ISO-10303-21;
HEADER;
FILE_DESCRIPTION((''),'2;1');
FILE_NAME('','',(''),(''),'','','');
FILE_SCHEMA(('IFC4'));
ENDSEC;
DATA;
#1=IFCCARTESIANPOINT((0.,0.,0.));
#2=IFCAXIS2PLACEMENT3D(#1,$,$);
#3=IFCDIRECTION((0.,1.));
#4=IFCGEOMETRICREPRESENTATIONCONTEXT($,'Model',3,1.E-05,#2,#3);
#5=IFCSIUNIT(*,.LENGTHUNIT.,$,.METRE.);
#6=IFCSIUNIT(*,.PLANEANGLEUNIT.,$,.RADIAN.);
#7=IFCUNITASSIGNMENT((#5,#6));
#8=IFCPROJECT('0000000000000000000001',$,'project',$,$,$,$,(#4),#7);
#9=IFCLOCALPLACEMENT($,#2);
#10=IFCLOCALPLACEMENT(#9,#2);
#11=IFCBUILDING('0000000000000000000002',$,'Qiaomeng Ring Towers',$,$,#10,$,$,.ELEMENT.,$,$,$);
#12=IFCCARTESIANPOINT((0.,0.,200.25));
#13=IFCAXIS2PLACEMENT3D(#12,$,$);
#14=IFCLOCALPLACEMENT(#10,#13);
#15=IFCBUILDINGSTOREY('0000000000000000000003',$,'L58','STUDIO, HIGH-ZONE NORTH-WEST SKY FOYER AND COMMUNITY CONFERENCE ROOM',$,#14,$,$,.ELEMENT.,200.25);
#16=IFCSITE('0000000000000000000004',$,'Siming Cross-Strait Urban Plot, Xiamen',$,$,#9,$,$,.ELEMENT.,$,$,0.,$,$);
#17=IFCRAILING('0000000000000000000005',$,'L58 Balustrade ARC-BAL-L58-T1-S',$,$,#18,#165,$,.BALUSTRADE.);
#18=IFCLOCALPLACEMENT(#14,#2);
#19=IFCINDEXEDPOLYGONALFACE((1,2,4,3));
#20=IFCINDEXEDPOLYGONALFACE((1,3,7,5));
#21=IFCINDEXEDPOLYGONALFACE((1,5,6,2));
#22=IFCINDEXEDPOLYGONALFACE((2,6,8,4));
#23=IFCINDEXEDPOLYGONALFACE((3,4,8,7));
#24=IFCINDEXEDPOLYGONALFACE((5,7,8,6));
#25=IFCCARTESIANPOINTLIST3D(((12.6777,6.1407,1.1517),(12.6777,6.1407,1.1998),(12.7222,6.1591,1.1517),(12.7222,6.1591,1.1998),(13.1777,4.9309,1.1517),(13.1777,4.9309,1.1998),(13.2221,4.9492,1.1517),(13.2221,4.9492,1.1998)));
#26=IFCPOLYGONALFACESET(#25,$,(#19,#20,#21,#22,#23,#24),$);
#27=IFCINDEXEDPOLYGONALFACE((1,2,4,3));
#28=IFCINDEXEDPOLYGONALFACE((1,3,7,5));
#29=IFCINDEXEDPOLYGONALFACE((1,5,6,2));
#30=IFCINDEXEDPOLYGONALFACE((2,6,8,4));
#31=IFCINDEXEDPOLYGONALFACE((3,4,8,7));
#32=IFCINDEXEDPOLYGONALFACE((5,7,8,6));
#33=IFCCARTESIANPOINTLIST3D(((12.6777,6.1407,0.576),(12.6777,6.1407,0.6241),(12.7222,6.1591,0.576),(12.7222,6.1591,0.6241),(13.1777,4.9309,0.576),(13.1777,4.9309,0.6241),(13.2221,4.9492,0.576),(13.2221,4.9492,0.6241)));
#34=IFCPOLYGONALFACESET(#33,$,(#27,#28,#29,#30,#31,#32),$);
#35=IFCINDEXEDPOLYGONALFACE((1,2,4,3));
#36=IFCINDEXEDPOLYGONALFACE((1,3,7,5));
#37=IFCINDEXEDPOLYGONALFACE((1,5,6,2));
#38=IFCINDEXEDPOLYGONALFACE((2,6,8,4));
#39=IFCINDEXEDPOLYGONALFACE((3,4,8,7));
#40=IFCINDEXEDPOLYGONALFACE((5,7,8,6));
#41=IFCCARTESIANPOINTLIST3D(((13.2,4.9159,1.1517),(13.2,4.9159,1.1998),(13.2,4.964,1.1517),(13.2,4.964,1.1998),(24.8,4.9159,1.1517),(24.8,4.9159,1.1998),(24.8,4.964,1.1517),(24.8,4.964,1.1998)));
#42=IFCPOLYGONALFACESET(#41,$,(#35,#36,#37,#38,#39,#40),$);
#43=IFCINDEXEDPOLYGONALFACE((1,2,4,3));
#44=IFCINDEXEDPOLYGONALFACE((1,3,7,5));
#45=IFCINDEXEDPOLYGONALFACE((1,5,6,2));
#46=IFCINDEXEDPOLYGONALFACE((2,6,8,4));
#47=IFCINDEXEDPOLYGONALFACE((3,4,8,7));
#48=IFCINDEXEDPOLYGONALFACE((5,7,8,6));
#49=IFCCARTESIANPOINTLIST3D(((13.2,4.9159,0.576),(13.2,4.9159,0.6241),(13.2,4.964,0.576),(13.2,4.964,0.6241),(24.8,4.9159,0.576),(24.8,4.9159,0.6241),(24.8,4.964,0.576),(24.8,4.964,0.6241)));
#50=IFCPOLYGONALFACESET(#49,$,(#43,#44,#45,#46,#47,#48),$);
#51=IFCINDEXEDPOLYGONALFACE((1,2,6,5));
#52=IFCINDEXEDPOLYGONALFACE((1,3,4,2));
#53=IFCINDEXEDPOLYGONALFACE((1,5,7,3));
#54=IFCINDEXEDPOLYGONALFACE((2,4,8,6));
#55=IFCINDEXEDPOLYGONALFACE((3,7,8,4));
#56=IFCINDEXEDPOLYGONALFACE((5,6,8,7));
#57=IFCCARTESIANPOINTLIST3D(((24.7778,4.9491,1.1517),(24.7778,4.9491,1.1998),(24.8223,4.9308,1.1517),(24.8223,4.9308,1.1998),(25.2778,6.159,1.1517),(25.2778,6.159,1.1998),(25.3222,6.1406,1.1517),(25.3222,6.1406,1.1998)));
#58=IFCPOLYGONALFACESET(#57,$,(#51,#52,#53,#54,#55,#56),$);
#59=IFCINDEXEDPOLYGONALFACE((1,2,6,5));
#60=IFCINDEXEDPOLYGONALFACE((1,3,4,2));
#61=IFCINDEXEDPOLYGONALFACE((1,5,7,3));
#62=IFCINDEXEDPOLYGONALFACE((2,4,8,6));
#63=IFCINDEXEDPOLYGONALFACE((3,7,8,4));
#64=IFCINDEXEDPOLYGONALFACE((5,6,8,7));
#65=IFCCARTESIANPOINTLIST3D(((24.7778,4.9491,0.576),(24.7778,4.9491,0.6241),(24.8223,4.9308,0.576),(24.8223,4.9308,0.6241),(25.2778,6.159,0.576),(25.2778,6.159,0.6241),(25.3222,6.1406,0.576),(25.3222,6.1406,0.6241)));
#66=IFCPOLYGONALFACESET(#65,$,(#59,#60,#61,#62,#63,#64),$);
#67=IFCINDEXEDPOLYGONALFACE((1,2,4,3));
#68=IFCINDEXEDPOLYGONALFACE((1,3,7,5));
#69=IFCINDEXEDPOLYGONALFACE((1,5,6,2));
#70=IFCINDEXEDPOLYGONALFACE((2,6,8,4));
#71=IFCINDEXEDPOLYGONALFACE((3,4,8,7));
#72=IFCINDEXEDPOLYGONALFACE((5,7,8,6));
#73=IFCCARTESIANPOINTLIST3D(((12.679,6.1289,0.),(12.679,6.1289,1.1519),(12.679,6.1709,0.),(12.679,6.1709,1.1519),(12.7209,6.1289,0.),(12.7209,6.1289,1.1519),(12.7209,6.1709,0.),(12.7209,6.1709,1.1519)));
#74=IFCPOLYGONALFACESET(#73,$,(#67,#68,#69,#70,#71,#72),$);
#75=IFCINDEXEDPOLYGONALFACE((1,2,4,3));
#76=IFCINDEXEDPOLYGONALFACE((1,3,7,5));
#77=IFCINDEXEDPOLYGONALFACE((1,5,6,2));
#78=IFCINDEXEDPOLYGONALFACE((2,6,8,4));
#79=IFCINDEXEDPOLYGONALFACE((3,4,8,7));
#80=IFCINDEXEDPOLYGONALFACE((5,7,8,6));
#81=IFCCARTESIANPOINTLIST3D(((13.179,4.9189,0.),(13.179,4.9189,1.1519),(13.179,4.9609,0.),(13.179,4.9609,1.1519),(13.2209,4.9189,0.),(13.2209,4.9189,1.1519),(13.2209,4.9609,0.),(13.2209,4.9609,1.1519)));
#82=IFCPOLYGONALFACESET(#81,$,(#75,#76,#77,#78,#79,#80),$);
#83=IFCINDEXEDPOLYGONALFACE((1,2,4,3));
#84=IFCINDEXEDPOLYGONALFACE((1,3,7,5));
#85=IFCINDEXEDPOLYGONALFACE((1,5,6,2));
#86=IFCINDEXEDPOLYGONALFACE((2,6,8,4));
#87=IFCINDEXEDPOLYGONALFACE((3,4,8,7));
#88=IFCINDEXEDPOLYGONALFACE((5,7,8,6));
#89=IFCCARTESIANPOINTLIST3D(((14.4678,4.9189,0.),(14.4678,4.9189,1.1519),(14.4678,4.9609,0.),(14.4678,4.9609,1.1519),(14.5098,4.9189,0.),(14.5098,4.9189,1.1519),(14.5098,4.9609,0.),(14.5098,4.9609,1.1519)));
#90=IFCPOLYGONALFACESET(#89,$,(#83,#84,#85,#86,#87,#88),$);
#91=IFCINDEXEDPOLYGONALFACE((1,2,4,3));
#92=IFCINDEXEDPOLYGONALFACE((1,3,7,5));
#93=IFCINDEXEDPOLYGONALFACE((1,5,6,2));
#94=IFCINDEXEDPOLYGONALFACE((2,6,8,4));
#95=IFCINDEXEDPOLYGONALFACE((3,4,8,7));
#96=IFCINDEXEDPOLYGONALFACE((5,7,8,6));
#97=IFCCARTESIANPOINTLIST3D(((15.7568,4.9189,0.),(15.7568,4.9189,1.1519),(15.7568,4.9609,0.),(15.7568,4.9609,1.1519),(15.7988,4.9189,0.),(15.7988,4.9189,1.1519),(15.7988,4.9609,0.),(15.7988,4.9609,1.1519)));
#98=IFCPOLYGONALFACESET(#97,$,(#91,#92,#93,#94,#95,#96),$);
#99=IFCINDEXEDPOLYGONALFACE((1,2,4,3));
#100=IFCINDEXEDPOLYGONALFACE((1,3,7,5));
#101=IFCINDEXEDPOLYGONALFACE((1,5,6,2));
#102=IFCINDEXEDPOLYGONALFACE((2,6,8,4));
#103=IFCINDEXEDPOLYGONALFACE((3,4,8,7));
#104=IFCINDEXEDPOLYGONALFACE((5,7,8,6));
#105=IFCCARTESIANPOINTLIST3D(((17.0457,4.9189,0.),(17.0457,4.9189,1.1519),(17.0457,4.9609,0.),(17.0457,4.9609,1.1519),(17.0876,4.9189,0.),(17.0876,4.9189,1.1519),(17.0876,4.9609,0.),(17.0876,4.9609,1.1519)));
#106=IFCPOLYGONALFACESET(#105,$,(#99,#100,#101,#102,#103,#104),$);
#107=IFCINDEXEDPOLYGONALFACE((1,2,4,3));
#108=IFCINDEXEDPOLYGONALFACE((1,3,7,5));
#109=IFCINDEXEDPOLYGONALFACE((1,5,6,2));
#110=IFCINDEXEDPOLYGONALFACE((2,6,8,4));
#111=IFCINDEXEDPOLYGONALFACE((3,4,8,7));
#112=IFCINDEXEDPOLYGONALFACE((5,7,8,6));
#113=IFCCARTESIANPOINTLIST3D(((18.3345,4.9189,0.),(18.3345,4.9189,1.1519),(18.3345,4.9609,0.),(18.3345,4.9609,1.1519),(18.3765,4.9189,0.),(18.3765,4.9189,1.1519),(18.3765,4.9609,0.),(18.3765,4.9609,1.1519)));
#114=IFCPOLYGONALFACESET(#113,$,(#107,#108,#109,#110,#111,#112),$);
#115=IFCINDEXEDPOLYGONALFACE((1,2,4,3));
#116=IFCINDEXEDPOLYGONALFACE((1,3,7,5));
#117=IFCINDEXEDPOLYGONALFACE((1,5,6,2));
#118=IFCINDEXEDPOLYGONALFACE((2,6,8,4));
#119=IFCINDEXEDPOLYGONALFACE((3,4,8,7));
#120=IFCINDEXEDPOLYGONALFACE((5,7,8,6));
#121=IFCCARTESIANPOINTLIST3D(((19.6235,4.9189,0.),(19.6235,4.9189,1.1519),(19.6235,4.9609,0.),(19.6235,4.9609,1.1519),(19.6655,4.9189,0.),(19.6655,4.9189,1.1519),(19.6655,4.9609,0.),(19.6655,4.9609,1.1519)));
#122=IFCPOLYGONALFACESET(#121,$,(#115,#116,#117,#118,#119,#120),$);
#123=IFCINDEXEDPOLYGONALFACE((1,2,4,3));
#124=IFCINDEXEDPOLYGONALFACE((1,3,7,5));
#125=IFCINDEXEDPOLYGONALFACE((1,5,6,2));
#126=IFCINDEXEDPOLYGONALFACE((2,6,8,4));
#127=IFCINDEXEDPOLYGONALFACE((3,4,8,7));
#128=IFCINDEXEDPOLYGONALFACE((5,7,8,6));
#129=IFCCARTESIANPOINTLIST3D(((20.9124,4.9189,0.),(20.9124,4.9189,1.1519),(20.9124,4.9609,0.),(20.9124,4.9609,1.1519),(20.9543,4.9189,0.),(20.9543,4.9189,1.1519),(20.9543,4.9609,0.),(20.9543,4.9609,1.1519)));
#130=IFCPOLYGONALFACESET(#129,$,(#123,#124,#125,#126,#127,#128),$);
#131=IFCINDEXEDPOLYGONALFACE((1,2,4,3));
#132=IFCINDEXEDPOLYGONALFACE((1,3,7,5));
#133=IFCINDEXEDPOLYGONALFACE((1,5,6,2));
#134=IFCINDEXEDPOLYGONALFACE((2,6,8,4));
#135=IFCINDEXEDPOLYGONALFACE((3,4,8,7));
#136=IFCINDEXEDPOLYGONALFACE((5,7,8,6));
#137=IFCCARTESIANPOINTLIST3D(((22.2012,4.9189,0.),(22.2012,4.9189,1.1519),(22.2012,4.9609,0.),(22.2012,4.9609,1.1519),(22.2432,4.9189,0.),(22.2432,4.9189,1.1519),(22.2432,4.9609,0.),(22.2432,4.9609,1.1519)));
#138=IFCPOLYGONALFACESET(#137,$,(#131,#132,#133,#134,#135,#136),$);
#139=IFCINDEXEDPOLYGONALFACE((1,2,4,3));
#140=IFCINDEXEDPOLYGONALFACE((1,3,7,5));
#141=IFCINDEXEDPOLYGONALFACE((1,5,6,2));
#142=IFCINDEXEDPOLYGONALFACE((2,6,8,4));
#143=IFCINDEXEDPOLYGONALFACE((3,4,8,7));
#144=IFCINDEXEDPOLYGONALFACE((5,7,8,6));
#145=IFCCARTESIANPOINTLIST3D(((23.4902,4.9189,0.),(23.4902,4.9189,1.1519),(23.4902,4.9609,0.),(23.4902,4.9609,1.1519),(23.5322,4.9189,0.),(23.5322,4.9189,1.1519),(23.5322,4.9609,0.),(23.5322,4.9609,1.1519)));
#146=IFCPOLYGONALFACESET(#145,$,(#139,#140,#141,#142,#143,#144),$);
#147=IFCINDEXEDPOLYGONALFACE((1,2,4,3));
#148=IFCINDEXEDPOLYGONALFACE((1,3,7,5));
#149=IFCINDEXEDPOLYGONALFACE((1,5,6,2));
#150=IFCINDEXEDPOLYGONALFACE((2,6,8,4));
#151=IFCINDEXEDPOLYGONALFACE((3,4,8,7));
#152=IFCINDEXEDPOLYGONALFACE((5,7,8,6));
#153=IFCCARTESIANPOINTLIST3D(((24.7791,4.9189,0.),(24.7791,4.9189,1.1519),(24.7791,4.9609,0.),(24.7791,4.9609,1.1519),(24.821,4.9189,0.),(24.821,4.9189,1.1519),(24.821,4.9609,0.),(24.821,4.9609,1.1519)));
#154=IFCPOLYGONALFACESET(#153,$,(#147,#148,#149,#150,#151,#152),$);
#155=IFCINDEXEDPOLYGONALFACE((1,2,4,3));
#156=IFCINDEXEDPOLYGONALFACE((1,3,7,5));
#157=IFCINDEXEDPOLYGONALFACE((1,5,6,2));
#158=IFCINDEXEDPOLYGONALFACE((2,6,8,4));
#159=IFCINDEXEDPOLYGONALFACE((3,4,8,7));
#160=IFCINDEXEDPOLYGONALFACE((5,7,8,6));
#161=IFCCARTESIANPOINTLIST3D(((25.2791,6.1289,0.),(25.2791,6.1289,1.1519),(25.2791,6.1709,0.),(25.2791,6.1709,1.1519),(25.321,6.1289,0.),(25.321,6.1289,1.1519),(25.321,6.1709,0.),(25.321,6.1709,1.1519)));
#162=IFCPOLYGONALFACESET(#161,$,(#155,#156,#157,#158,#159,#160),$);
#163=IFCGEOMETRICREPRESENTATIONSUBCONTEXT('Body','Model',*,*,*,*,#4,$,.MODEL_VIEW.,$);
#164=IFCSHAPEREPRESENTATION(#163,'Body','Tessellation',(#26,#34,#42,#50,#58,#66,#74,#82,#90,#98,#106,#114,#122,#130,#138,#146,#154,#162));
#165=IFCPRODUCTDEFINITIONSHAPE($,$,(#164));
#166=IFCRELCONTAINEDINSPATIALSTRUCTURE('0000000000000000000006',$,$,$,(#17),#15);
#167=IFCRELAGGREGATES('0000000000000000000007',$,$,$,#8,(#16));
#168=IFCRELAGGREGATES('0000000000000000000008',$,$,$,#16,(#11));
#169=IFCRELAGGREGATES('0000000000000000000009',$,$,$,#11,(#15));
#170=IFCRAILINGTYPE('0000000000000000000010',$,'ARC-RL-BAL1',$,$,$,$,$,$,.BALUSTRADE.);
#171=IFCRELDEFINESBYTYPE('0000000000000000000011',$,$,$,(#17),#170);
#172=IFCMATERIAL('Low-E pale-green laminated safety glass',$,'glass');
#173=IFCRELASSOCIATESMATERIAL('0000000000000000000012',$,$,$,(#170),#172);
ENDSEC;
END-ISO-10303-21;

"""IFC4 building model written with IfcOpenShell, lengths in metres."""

from ifc_helpers import new_model, si_unit, direction, frame, origin, origin_2d, place, context, subcontext, project, spatial, rectangle, extrude, material, type_object, element, save


model = new_model("IFC4")

# Units and contexts
model_context = context("Model", 3, precision=1e-05, world=origin(), true_north=direction((0.0, 1.0)))
body_context = subcontext(model_context, "Body", "Model", "MODEL_VIEW")
ifc_project = project(units=[si_unit("LENGTHUNIT", "METRE"), si_unit("PLANEANGLEUNIT", "RADIAN")], contexts=[model_context])

# Site, building, storey
site_placement = place(None, origin())
site = spatial("IfcSite", under=ifc_project, at=site_placement, Name="Siming Cross-Strait Urban Plot, Xiamen", CompositionType="ELEMENT", RefElevation=0.0)
building_placement = place(site_placement, origin())
building = spatial("IfcBuilding", under=site, at=building_placement, Name="Qiaomeng Ring Towers", CompositionType="ELEMENT")
storey_placement = place(building_placement, frame((0.0, 0.0, 200.25)))
storey = spatial("IfcBuildingStorey", under=building, at=storey_placement, Name="L58", Description="STUDIO, HIGH-ZONE NORTH-WEST SKY FOYER AND COMMUNITY CONFERENCE ROOM", CompositionType="ELEMENT", Elevation=200.25)

# Railing
ifc_material_1 = material(Name="Low-E pale-green laminated safety glass", Category="glass")
railing_type = type_object("IfcRailingType", Name="ARC-RL-BAL1", PredefinedType="BALUSTRADE", material=ifc_material_1)
railing_placement = place(storey_placement, frame((12.7, 6.1499, 0.0)))
element("IfcRailing", 1, at=railing_placement, inside=storey, type_object=railing_type, Name="L58 Balustrade ARC-BAL-L58-T1-S", PredefinedType="BALUSTRADE", context=body_context, shape_type="SweptSolid", body=[
    extrude(rectangle(XDim=0.0481, YDim=0.0481, at=origin_2d()), frame((0.0, 0.0, 1.1758), z_axis=(0.381913, -0.924198, 0.0), x_axis=(0.924198, 0.381913, 0.0)), (0.0, 0.0, 1.0), 1.3091),
    extrude(rectangle(XDim=0.0481, YDim=0.0481, at=origin_2d()), frame((0.0, 0.0, 0.6001), z_axis=(0.381913, -0.924198, 0.0), x_axis=(0.924198, 0.381913, 0.0)), (0.0, 0.0, 1.0), 1.3091),
    extrude(rectangle(XDim=0.0481, YDim=0.0481, at=origin_2d()), frame((0.5, -1.21, 1.1758), z_axis=(1.0, 0.0, 0.0), x_axis=(0.0, 1.0, 0.0)), (0.0, 0.0, 1.0), 11.6001),
    extrude(rectangle(XDim=0.0481, YDim=0.0481, at=origin_2d()), frame((0.5, -1.21, 0.6001), z_axis=(1.0, 0.0, 0.0), x_axis=(0.0, 1.0, 0.0)), (0.0, 0.0, 1.0), 11.6001),
    extrude(rectangle(XDim=0.0481, YDim=0.0481, at=origin_2d()), frame((12.1001, -1.21, 1.1758), z_axis=(0.381913, 0.924198, 0.0), x_axis=(-0.924198, 0.381913, 0.0)), (0.0, 0.0, 1.0), 1.3091),
    extrude(rectangle(XDim=0.0481, YDim=0.0481, at=origin_2d()), frame((12.1001, -1.21, 0.6001), z_axis=(0.381913, 0.924198, 0.0), x_axis=(-0.924198, 0.381913, 0.0)), (0.0, 0.0, 1.0), 1.3091),
    extrude(rectangle(XDim=0.042, YDim=0.042, at=origin_2d()), origin(), (0.0, 0.0, 1.0), 1.1519),
    extrude(rectangle(XDim=0.042, YDim=0.042, at=origin_2d()), frame((0.5, -1.21, 0.0)), (0.0, 0.0, 1.0), 1.1519),
    extrude(rectangle(XDim=0.042, YDim=0.042, at=origin_2d()), frame((1.7888, -1.21, 0.0)), (0.0, 0.0, 1.0), 1.1519),
    extrude(rectangle(XDim=0.042, YDim=0.042, at=origin_2d()), frame((3.0779, -1.21, 0.0)), (0.0, 0.0, 1.0), 1.1519),
    extrude(rectangle(XDim=0.042, YDim=0.042, at=origin_2d()), frame((4.3667, -1.21, 0.0)), (0.0, 0.0, 1.0), 1.1519),
    extrude(rectangle(XDim=0.042, YDim=0.042, at=origin_2d()), frame((5.6555, -1.21, 0.0)), (0.0, 0.0, 1.0), 1.1519),
    extrude(rectangle(XDim=0.042, YDim=0.042, at=origin_2d()), frame((6.9446, -1.21, 0.0)), (0.0, 0.0, 1.0), 1.1519),
    extrude(rectangle(XDim=0.042, YDim=0.042, at=origin_2d()), frame((8.2334, -1.21, 0.0)), (0.0, 0.0, 1.0), 1.1519),
    extrude(rectangle(XDim=0.042, YDim=0.042, at=origin_2d()), frame((9.5222, -1.21, 0.0)), (0.0, 0.0, 1.0), 1.1519),
    extrude(rectangle(XDim=0.042, YDim=0.042, at=origin_2d()), frame((10.8113, -1.21, 0.0)), (0.0, 0.0, 1.0), 1.1519),
    extrude(rectangle(XDim=0.042, YDim=0.042, at=origin_2d()), frame((12.1001, -1.21, 0.0)), (0.0, 0.0, 1.0), 1.1519),
    extrude(rectangle(XDim=0.042, YDim=0.042, at=origin_2d()), frame((12.6001, 0.0, 0.0)), (0.0, 0.0, 1.0), 1.1519),
])

save(model, "model.ifc")
